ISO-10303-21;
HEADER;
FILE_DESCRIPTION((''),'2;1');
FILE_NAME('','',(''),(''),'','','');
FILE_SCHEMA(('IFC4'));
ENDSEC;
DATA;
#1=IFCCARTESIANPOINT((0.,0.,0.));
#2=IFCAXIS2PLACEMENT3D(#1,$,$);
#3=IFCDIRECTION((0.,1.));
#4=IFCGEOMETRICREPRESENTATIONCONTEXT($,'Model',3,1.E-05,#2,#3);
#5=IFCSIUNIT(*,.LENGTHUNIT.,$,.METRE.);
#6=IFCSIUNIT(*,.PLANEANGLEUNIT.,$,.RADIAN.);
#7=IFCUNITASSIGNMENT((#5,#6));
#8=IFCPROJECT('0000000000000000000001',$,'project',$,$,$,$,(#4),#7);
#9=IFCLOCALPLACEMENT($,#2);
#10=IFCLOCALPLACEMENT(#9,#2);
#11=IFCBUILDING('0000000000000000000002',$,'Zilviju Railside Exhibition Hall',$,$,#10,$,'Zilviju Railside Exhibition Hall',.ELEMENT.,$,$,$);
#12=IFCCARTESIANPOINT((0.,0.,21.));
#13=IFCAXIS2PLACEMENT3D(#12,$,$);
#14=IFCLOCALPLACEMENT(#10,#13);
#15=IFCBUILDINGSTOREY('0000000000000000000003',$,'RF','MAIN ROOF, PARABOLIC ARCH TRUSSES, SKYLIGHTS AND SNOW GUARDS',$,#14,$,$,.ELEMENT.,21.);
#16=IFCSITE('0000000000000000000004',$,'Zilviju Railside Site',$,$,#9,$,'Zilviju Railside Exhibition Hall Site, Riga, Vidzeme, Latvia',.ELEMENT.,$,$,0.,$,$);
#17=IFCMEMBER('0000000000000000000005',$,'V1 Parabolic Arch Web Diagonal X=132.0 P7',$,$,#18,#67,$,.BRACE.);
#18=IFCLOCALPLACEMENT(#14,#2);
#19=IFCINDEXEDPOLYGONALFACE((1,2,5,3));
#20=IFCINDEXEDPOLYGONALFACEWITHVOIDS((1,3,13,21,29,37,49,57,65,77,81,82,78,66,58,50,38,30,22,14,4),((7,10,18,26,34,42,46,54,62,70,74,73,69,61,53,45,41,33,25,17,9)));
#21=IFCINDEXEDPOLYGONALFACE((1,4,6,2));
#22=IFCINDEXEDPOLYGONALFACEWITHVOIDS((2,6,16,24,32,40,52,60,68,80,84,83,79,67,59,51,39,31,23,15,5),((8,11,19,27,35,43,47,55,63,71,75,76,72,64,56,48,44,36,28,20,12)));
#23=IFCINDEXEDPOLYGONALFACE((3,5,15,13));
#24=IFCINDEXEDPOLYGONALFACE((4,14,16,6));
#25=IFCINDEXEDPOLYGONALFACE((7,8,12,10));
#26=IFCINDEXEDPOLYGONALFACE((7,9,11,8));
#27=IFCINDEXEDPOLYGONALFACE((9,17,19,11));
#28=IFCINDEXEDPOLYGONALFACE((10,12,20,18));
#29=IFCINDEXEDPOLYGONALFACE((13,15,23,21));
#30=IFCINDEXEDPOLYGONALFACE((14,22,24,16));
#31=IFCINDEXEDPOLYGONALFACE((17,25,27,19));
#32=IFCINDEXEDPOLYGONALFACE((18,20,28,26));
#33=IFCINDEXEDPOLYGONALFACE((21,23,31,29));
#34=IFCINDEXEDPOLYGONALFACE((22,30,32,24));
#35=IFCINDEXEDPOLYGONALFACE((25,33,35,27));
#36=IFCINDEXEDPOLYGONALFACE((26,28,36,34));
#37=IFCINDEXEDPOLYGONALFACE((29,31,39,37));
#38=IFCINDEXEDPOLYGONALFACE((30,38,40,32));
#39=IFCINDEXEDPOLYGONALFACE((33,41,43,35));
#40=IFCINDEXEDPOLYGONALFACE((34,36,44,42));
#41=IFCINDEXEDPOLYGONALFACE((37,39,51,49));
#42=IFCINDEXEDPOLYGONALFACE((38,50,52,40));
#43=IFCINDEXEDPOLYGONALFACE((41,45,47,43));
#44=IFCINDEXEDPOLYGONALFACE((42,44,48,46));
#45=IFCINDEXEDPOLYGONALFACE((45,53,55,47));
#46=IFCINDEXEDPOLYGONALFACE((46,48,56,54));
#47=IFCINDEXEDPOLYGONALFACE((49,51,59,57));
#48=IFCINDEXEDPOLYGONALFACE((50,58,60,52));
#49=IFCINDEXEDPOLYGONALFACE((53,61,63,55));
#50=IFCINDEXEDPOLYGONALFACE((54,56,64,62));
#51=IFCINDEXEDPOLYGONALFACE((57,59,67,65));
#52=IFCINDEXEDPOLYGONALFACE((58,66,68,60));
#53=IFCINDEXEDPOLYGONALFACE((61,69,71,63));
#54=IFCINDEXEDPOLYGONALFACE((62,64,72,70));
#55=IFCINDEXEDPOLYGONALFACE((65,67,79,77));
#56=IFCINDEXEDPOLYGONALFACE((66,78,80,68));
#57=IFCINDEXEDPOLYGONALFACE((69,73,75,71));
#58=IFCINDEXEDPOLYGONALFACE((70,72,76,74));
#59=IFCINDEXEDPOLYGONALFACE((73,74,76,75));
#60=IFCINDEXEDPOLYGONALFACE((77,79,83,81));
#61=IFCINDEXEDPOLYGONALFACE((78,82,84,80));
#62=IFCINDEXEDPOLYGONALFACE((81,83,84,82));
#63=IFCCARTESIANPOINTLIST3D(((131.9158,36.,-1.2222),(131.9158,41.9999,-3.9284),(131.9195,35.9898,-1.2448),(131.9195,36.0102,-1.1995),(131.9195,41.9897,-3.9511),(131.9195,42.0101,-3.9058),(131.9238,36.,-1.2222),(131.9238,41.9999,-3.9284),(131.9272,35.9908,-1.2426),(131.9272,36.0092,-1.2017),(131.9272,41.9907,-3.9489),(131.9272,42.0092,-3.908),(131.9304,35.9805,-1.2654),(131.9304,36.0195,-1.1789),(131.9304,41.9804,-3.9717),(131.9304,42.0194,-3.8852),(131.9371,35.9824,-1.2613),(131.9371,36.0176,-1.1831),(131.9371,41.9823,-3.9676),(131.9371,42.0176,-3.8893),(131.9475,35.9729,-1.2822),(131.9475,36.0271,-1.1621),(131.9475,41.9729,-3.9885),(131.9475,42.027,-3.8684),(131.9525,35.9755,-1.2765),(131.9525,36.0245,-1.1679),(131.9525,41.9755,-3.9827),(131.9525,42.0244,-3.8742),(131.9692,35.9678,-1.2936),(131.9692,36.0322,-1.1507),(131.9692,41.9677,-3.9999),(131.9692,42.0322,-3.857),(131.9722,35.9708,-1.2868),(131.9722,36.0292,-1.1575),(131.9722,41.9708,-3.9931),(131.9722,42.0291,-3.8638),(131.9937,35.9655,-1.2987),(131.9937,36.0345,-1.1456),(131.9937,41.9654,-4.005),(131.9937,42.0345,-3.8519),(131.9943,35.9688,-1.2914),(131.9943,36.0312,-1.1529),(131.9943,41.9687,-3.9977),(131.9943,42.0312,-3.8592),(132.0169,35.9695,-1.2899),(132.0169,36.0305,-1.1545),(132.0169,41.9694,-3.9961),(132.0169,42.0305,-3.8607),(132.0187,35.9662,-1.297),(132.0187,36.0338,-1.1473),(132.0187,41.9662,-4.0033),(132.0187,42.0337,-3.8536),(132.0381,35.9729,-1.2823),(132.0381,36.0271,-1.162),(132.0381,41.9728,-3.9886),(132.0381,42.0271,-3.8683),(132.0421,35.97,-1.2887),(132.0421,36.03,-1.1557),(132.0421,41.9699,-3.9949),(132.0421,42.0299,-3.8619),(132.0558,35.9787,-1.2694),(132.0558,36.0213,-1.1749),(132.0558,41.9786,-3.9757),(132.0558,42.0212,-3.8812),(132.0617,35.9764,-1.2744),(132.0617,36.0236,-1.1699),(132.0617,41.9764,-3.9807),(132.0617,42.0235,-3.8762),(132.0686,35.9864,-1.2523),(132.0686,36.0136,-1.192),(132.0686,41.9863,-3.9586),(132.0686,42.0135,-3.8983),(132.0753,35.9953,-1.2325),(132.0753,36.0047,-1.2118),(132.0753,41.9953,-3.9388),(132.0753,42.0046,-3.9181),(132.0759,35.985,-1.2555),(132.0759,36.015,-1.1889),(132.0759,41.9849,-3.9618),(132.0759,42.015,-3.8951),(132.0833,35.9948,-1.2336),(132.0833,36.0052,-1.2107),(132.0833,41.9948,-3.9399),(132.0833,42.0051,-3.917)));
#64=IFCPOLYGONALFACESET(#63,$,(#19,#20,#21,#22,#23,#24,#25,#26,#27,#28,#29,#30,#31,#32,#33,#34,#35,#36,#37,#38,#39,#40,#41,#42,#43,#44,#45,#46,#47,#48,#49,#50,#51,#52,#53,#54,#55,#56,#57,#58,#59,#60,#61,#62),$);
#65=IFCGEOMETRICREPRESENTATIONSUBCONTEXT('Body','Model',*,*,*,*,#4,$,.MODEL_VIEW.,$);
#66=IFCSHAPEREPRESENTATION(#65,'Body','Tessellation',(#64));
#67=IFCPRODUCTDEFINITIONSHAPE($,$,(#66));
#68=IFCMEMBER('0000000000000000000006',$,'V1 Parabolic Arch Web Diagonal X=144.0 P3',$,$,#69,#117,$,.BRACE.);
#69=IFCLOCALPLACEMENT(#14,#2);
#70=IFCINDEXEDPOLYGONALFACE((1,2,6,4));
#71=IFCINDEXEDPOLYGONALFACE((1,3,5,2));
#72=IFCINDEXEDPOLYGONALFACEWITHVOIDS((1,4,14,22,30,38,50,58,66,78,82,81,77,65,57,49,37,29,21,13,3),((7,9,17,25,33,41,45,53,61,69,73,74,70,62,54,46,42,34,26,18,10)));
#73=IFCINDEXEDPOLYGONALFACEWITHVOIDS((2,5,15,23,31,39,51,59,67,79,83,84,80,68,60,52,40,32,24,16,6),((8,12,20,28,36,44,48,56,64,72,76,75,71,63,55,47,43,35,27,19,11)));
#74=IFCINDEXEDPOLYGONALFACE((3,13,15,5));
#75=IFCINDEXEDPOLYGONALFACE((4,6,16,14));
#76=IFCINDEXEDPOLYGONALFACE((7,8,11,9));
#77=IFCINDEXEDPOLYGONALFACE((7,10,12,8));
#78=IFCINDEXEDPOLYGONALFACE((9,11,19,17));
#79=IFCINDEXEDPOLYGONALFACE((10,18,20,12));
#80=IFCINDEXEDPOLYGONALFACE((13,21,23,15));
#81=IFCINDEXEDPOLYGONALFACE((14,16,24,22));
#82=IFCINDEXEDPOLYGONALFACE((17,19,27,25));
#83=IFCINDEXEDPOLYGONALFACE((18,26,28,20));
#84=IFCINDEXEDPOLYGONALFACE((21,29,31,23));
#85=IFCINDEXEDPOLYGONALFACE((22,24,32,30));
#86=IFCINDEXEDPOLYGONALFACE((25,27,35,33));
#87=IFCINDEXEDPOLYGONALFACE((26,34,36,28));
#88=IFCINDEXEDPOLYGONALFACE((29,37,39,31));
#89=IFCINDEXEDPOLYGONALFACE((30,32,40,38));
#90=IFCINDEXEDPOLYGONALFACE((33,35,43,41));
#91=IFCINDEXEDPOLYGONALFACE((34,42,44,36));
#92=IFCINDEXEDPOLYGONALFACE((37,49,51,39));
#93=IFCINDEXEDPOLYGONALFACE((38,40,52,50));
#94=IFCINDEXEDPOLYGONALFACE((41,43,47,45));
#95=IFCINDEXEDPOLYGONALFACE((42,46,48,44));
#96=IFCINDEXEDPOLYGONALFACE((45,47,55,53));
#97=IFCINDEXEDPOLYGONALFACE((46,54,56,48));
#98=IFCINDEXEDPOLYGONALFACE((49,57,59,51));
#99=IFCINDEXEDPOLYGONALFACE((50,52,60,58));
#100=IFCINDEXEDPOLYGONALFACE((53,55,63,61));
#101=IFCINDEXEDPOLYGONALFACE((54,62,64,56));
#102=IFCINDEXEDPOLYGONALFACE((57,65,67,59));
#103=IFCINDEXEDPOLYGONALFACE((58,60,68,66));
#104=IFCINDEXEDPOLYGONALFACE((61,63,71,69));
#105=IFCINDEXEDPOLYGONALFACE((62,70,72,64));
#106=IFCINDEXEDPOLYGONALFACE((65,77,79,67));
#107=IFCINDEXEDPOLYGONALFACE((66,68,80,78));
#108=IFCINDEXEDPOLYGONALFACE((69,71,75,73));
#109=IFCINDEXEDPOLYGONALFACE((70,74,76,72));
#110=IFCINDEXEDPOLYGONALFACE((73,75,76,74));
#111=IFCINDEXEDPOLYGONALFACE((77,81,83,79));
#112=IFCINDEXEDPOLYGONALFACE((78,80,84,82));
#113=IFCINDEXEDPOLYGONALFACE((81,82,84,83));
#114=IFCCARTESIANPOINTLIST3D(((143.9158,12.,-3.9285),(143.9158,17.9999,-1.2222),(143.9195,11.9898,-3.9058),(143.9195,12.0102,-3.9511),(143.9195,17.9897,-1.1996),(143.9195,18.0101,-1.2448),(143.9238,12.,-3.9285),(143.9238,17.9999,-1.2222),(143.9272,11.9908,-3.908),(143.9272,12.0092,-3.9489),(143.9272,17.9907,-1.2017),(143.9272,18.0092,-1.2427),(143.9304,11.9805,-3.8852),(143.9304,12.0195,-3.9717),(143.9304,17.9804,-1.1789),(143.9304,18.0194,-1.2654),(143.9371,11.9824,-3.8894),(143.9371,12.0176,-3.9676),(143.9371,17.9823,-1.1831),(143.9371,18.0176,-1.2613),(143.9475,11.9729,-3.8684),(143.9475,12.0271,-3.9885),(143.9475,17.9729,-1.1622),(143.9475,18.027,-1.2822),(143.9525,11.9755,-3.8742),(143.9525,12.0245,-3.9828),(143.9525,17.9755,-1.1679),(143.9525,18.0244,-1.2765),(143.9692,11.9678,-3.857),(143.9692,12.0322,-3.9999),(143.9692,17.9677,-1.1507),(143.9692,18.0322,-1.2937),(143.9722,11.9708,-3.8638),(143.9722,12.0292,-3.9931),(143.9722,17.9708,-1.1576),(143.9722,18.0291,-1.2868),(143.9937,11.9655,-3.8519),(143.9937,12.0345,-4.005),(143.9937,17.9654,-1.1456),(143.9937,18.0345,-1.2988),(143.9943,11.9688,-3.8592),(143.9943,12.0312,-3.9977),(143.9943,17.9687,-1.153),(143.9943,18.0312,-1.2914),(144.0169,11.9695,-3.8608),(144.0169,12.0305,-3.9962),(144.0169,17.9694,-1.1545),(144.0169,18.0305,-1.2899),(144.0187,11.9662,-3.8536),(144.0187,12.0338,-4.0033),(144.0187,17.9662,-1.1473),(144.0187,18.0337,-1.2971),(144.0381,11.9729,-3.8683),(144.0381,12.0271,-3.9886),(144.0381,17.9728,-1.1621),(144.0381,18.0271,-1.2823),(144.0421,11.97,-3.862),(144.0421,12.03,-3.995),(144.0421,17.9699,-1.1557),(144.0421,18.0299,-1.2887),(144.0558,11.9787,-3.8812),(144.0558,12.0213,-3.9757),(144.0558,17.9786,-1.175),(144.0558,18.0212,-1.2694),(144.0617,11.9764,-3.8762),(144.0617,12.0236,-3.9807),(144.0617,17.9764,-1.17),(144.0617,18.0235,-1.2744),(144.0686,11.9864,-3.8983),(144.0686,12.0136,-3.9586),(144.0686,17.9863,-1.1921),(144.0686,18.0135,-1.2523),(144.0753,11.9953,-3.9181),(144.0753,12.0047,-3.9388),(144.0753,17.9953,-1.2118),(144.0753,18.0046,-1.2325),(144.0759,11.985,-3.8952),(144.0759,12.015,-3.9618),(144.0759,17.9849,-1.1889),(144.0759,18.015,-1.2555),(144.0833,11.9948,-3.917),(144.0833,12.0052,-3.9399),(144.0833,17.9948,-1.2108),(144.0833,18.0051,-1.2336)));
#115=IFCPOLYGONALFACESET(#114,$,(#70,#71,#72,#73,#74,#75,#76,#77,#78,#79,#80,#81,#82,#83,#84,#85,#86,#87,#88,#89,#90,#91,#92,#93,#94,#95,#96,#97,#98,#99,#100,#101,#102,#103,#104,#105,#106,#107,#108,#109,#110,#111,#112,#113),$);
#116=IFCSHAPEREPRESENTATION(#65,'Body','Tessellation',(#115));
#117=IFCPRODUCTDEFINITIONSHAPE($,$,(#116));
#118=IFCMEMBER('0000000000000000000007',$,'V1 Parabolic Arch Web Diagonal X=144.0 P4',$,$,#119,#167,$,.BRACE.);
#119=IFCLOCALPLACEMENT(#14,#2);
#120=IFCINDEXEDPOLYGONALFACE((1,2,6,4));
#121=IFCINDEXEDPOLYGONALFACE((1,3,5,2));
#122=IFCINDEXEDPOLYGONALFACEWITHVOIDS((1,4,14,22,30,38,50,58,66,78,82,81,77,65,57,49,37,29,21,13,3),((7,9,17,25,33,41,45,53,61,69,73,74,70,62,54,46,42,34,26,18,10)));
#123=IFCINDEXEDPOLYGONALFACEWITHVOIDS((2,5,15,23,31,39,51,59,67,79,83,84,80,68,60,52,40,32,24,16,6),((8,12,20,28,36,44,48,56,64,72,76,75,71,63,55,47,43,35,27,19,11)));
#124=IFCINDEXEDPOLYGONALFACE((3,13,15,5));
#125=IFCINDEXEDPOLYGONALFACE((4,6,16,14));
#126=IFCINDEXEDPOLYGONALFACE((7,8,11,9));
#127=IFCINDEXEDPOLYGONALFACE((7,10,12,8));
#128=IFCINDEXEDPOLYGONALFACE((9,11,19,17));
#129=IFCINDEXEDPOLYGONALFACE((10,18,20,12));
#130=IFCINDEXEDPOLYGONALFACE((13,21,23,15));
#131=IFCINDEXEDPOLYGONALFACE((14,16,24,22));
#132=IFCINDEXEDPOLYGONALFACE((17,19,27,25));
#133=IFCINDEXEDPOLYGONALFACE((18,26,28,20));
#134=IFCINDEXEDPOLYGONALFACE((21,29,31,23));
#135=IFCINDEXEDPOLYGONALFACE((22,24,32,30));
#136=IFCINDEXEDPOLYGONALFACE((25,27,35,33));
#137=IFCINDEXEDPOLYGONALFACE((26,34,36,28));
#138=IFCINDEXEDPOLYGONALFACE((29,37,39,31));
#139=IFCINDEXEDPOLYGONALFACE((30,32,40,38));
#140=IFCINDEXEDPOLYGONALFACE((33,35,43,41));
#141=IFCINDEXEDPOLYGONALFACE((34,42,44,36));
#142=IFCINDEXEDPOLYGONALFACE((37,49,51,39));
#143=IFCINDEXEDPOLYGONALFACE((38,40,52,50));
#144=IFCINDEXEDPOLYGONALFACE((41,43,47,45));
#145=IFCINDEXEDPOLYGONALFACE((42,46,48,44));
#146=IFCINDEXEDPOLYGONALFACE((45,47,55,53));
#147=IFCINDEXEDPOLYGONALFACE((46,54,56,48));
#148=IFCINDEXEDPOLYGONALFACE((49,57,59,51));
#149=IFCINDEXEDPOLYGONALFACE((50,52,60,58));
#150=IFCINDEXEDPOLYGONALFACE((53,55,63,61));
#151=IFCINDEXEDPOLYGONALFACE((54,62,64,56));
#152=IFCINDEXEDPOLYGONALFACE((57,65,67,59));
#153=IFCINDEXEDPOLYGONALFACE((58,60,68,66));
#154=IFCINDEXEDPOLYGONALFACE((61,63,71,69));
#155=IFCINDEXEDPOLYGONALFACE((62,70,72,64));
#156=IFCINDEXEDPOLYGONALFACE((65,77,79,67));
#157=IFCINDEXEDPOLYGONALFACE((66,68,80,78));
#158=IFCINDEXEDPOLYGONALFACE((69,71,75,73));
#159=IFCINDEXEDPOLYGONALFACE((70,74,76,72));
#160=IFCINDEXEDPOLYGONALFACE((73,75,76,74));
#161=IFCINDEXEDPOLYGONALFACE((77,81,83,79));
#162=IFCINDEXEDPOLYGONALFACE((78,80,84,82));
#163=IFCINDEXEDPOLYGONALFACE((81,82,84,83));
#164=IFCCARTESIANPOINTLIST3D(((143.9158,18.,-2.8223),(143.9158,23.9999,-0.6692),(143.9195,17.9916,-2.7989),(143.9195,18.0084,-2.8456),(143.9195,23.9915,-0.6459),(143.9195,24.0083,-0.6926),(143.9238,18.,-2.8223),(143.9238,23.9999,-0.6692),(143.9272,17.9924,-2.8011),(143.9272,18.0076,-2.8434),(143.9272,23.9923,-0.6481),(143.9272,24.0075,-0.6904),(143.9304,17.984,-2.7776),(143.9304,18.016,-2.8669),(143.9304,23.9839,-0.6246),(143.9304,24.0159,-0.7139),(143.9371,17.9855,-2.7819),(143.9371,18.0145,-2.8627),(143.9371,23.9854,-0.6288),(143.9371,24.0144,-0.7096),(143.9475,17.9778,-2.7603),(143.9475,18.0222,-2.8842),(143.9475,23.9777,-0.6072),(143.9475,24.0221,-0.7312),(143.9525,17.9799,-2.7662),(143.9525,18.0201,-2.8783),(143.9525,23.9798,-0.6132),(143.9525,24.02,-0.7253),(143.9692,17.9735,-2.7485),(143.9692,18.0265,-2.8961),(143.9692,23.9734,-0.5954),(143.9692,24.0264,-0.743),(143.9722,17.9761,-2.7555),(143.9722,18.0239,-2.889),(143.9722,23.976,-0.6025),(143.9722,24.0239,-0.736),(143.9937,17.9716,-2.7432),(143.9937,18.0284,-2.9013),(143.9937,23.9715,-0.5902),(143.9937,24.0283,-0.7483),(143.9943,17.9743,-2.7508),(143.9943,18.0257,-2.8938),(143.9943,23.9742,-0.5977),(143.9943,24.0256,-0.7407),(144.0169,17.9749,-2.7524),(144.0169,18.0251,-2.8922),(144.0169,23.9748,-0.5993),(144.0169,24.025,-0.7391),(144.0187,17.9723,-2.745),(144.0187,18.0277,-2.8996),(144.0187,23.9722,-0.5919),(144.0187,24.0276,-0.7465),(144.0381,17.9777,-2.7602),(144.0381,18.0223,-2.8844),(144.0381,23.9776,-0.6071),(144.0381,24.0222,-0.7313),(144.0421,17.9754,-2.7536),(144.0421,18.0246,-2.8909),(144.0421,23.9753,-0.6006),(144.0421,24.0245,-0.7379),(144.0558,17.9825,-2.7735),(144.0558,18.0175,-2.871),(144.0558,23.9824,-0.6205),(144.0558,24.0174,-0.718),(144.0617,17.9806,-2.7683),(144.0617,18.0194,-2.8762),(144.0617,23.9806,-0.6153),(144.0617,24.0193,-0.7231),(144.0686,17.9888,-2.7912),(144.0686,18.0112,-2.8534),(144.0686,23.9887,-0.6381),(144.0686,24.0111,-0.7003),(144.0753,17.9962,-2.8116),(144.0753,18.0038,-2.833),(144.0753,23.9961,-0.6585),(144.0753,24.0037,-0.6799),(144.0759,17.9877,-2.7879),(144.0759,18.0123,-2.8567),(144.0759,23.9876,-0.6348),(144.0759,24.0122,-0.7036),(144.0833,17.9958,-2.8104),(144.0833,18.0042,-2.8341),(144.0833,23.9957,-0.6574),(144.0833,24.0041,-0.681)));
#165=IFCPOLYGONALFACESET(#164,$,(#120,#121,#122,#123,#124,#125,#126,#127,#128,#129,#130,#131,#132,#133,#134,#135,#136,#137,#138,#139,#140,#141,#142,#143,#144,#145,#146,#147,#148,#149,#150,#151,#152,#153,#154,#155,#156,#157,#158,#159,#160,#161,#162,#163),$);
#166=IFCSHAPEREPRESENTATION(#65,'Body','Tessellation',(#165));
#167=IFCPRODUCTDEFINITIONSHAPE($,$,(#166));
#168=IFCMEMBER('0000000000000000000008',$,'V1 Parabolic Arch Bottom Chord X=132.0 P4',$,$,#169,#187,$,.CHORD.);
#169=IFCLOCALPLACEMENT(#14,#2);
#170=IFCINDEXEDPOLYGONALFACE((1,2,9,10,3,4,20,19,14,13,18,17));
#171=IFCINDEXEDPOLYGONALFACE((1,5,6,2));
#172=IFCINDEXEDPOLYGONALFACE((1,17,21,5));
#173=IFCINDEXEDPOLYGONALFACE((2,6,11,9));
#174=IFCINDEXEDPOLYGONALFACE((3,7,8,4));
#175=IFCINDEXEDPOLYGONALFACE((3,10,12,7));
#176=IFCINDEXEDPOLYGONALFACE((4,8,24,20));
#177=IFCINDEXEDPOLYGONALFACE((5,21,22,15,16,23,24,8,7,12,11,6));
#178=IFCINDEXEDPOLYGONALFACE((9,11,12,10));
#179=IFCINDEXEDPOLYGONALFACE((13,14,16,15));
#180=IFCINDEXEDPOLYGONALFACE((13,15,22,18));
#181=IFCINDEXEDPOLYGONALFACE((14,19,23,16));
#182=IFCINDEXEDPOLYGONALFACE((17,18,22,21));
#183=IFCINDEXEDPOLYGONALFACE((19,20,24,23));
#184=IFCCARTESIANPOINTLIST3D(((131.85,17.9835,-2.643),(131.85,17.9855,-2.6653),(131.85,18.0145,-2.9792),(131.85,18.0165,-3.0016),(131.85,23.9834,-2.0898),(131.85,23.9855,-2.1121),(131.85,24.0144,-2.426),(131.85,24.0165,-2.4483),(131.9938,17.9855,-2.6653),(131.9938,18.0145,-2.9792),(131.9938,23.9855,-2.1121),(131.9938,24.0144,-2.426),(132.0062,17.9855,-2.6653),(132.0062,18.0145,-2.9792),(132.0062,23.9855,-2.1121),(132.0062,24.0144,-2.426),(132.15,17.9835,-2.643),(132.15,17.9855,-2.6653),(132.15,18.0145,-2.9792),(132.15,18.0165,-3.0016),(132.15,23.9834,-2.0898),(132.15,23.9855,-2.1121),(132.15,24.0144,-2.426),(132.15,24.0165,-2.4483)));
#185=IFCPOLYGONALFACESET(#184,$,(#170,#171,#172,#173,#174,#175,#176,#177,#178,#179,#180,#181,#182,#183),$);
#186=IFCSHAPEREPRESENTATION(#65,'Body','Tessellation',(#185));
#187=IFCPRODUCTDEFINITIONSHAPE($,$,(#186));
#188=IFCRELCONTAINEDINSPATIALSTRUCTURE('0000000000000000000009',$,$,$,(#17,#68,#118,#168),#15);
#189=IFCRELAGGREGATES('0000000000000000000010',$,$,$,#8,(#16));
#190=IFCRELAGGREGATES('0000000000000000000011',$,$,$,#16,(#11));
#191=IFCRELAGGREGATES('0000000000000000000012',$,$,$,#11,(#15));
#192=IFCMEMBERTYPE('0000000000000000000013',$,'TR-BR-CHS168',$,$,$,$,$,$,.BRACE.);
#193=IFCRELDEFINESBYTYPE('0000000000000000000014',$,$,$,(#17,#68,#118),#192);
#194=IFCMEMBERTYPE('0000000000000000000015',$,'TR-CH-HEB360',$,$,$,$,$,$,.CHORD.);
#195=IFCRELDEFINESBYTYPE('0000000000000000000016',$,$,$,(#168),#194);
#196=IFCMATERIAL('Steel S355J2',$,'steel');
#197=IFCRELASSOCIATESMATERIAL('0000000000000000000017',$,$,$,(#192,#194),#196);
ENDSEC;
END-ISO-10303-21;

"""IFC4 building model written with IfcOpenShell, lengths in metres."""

from ifc_helpers import new_model, si_unit, direction, frame, origin, origin_2d, place, context, subcontext, project, spatial, hollow_circle, i_section, extrude, material, material_profile, profile_set, type_object, element, save


model = new_model("IFC4")

# Units and contexts
model_context = context("Model", 3, precision=1e-05, world=origin(), true_north=direction((0.0, 1.0)))
body_context = subcontext(model_context, "Body", "Model", "MODEL_VIEW")
ifc_project = project(units=[si_unit("LENGTHUNIT", "METRE"), si_unit("PLANEANGLEUNIT", "RADIAN")], contexts=[model_context])

# Site, building, storey
site_placement = place(None, origin())
site = spatial("IfcSite", under=ifc_project, at=site_placement, Name="Zilviju Railside Site", LongName="Zilviju Railside Exhibition Hall Site, Riga, Vidzeme, Latvia", CompositionType="ELEMENT", RefElevation=0.0)
building_placement = place(site_placement, origin())
building = spatial("IfcBuilding", under=site, at=building_placement, Name="Zilviju Railside Exhibition Hall", LongName="Zilviju Railside Exhibition Hall", CompositionType="ELEMENT")
storey_placement = place(building_placement, frame((0.0, 0.0, 21.0)))
storey = spatial("IfcBuildingStorey", under=building, at=storey_placement, Name="RF", Description="MAIN ROOF, PARABOLIC ARCH TRUSSES, SKYLIGHTS AND SNOW GUARDS", CompositionType="ELEMENT", Elevation=21.0)

# Members
ifc_material_1 = material(Name="Steel S355J2", Category="steel")
ifc_material_profile_1 = material_profile(ifc_material_1, hollow_circle(Radius=0.0842, WallThickness=0.0081, at=origin_2d()), Name="CHS 168.3x8.0")
ifc_profile_set_1 = profile_set([ifc_material_profile_1], Name="Steel S355J2")
member_type_1 = type_object("IfcMemberType", Name="TR-BR-CHS168", PredefinedType="BRACE", material=ifc_profile_set_1)
for number, where, z_axis, x_axis, name in (
    (1, (132.0, 36.0, -1.2222), (0.0, 0.911563, -0.41116), (-1.0, 0.0, 0.0), "V1 Parabolic Arch Web Diagonal X=132.0 P7"),
    (2, (144.0, 12.0, -3.9285), (0.0, 0.911563, 0.41116), (-1.0, 0.0, 0.0), "V1 Parabolic Arch Web Diagonal X=144.0 P3"),
):
    element("IfcMember", number, at=place(storey_placement, frame(where, z_axis=z_axis, x_axis=x_axis)), inside=storey, type_object=member_type_1, Name=name, PredefinedType="BRACE", context=body_context, shape_type="SweptSolid", body=[
        extrude(hollow_circle(Radius=0.0842, WallThickness=0.0081, at=origin_2d()), origin(), (0.0, 0.0, 1.0), 6.582),
    ])
member_1_placement = place(storey_placement, frame((144.0, 18.0, -2.8223), z_axis=(0.0, 0.941233, 0.337758), x_axis=(-1.0, 0.0, 0.0)))
element("IfcMember", 3, at=member_1_placement, inside=storey, type_object=member_type_1, Name="V1 Parabolic Arch Web Diagonal X=144.0 P4", PredefinedType="BRACE", context=body_context, shape_type="SweptSolid", body=[
    extrude(hollow_circle(Radius=0.0842, WallThickness=0.0081, at=origin_2d()), origin(), (0.0, 0.0, 1.0), 6.3745),
])
ifc_material_profile_2 = material_profile(ifc_material_1, i_section(OverallWidth=0.3, OverallDepth=0.3601, WebThickness=0.0125, FlangeThickness=0.0225, at=origin_2d()), Name="HEB 360")
ifc_profile_set_2 = profile_set([ifc_material_profile_2], Name="Steel S355J2")
member_type_2 = type_object("IfcMemberType", Name="TR-CH-HEB360", PredefinedType="CHORD", material=ifc_profile_set_2)
member_2_placement = place(storey_placement, frame((132.0, 18.0, -2.8223), z_axis=(0.0, 0.995776, 0.091814), x_axis=(-1.0, 0.0, 0.0)))
element("IfcMember", 4, at=member_2_placement, inside=storey, type_object=member_type_2, Name="V1 Parabolic Arch Bottom Chord X=132.0 P4", PredefinedType="CHORD", context=body_context, shape_type="SweptSolid", body=[
    extrude(i_section(OverallWidth=0.3, OverallDepth=0.3601, WebThickness=0.0125, FlangeThickness=0.0225, at=origin_2d()), origin(), (0.0, 0.0, 1.0), 6.0254),
])

save(model, "model.ifc")
